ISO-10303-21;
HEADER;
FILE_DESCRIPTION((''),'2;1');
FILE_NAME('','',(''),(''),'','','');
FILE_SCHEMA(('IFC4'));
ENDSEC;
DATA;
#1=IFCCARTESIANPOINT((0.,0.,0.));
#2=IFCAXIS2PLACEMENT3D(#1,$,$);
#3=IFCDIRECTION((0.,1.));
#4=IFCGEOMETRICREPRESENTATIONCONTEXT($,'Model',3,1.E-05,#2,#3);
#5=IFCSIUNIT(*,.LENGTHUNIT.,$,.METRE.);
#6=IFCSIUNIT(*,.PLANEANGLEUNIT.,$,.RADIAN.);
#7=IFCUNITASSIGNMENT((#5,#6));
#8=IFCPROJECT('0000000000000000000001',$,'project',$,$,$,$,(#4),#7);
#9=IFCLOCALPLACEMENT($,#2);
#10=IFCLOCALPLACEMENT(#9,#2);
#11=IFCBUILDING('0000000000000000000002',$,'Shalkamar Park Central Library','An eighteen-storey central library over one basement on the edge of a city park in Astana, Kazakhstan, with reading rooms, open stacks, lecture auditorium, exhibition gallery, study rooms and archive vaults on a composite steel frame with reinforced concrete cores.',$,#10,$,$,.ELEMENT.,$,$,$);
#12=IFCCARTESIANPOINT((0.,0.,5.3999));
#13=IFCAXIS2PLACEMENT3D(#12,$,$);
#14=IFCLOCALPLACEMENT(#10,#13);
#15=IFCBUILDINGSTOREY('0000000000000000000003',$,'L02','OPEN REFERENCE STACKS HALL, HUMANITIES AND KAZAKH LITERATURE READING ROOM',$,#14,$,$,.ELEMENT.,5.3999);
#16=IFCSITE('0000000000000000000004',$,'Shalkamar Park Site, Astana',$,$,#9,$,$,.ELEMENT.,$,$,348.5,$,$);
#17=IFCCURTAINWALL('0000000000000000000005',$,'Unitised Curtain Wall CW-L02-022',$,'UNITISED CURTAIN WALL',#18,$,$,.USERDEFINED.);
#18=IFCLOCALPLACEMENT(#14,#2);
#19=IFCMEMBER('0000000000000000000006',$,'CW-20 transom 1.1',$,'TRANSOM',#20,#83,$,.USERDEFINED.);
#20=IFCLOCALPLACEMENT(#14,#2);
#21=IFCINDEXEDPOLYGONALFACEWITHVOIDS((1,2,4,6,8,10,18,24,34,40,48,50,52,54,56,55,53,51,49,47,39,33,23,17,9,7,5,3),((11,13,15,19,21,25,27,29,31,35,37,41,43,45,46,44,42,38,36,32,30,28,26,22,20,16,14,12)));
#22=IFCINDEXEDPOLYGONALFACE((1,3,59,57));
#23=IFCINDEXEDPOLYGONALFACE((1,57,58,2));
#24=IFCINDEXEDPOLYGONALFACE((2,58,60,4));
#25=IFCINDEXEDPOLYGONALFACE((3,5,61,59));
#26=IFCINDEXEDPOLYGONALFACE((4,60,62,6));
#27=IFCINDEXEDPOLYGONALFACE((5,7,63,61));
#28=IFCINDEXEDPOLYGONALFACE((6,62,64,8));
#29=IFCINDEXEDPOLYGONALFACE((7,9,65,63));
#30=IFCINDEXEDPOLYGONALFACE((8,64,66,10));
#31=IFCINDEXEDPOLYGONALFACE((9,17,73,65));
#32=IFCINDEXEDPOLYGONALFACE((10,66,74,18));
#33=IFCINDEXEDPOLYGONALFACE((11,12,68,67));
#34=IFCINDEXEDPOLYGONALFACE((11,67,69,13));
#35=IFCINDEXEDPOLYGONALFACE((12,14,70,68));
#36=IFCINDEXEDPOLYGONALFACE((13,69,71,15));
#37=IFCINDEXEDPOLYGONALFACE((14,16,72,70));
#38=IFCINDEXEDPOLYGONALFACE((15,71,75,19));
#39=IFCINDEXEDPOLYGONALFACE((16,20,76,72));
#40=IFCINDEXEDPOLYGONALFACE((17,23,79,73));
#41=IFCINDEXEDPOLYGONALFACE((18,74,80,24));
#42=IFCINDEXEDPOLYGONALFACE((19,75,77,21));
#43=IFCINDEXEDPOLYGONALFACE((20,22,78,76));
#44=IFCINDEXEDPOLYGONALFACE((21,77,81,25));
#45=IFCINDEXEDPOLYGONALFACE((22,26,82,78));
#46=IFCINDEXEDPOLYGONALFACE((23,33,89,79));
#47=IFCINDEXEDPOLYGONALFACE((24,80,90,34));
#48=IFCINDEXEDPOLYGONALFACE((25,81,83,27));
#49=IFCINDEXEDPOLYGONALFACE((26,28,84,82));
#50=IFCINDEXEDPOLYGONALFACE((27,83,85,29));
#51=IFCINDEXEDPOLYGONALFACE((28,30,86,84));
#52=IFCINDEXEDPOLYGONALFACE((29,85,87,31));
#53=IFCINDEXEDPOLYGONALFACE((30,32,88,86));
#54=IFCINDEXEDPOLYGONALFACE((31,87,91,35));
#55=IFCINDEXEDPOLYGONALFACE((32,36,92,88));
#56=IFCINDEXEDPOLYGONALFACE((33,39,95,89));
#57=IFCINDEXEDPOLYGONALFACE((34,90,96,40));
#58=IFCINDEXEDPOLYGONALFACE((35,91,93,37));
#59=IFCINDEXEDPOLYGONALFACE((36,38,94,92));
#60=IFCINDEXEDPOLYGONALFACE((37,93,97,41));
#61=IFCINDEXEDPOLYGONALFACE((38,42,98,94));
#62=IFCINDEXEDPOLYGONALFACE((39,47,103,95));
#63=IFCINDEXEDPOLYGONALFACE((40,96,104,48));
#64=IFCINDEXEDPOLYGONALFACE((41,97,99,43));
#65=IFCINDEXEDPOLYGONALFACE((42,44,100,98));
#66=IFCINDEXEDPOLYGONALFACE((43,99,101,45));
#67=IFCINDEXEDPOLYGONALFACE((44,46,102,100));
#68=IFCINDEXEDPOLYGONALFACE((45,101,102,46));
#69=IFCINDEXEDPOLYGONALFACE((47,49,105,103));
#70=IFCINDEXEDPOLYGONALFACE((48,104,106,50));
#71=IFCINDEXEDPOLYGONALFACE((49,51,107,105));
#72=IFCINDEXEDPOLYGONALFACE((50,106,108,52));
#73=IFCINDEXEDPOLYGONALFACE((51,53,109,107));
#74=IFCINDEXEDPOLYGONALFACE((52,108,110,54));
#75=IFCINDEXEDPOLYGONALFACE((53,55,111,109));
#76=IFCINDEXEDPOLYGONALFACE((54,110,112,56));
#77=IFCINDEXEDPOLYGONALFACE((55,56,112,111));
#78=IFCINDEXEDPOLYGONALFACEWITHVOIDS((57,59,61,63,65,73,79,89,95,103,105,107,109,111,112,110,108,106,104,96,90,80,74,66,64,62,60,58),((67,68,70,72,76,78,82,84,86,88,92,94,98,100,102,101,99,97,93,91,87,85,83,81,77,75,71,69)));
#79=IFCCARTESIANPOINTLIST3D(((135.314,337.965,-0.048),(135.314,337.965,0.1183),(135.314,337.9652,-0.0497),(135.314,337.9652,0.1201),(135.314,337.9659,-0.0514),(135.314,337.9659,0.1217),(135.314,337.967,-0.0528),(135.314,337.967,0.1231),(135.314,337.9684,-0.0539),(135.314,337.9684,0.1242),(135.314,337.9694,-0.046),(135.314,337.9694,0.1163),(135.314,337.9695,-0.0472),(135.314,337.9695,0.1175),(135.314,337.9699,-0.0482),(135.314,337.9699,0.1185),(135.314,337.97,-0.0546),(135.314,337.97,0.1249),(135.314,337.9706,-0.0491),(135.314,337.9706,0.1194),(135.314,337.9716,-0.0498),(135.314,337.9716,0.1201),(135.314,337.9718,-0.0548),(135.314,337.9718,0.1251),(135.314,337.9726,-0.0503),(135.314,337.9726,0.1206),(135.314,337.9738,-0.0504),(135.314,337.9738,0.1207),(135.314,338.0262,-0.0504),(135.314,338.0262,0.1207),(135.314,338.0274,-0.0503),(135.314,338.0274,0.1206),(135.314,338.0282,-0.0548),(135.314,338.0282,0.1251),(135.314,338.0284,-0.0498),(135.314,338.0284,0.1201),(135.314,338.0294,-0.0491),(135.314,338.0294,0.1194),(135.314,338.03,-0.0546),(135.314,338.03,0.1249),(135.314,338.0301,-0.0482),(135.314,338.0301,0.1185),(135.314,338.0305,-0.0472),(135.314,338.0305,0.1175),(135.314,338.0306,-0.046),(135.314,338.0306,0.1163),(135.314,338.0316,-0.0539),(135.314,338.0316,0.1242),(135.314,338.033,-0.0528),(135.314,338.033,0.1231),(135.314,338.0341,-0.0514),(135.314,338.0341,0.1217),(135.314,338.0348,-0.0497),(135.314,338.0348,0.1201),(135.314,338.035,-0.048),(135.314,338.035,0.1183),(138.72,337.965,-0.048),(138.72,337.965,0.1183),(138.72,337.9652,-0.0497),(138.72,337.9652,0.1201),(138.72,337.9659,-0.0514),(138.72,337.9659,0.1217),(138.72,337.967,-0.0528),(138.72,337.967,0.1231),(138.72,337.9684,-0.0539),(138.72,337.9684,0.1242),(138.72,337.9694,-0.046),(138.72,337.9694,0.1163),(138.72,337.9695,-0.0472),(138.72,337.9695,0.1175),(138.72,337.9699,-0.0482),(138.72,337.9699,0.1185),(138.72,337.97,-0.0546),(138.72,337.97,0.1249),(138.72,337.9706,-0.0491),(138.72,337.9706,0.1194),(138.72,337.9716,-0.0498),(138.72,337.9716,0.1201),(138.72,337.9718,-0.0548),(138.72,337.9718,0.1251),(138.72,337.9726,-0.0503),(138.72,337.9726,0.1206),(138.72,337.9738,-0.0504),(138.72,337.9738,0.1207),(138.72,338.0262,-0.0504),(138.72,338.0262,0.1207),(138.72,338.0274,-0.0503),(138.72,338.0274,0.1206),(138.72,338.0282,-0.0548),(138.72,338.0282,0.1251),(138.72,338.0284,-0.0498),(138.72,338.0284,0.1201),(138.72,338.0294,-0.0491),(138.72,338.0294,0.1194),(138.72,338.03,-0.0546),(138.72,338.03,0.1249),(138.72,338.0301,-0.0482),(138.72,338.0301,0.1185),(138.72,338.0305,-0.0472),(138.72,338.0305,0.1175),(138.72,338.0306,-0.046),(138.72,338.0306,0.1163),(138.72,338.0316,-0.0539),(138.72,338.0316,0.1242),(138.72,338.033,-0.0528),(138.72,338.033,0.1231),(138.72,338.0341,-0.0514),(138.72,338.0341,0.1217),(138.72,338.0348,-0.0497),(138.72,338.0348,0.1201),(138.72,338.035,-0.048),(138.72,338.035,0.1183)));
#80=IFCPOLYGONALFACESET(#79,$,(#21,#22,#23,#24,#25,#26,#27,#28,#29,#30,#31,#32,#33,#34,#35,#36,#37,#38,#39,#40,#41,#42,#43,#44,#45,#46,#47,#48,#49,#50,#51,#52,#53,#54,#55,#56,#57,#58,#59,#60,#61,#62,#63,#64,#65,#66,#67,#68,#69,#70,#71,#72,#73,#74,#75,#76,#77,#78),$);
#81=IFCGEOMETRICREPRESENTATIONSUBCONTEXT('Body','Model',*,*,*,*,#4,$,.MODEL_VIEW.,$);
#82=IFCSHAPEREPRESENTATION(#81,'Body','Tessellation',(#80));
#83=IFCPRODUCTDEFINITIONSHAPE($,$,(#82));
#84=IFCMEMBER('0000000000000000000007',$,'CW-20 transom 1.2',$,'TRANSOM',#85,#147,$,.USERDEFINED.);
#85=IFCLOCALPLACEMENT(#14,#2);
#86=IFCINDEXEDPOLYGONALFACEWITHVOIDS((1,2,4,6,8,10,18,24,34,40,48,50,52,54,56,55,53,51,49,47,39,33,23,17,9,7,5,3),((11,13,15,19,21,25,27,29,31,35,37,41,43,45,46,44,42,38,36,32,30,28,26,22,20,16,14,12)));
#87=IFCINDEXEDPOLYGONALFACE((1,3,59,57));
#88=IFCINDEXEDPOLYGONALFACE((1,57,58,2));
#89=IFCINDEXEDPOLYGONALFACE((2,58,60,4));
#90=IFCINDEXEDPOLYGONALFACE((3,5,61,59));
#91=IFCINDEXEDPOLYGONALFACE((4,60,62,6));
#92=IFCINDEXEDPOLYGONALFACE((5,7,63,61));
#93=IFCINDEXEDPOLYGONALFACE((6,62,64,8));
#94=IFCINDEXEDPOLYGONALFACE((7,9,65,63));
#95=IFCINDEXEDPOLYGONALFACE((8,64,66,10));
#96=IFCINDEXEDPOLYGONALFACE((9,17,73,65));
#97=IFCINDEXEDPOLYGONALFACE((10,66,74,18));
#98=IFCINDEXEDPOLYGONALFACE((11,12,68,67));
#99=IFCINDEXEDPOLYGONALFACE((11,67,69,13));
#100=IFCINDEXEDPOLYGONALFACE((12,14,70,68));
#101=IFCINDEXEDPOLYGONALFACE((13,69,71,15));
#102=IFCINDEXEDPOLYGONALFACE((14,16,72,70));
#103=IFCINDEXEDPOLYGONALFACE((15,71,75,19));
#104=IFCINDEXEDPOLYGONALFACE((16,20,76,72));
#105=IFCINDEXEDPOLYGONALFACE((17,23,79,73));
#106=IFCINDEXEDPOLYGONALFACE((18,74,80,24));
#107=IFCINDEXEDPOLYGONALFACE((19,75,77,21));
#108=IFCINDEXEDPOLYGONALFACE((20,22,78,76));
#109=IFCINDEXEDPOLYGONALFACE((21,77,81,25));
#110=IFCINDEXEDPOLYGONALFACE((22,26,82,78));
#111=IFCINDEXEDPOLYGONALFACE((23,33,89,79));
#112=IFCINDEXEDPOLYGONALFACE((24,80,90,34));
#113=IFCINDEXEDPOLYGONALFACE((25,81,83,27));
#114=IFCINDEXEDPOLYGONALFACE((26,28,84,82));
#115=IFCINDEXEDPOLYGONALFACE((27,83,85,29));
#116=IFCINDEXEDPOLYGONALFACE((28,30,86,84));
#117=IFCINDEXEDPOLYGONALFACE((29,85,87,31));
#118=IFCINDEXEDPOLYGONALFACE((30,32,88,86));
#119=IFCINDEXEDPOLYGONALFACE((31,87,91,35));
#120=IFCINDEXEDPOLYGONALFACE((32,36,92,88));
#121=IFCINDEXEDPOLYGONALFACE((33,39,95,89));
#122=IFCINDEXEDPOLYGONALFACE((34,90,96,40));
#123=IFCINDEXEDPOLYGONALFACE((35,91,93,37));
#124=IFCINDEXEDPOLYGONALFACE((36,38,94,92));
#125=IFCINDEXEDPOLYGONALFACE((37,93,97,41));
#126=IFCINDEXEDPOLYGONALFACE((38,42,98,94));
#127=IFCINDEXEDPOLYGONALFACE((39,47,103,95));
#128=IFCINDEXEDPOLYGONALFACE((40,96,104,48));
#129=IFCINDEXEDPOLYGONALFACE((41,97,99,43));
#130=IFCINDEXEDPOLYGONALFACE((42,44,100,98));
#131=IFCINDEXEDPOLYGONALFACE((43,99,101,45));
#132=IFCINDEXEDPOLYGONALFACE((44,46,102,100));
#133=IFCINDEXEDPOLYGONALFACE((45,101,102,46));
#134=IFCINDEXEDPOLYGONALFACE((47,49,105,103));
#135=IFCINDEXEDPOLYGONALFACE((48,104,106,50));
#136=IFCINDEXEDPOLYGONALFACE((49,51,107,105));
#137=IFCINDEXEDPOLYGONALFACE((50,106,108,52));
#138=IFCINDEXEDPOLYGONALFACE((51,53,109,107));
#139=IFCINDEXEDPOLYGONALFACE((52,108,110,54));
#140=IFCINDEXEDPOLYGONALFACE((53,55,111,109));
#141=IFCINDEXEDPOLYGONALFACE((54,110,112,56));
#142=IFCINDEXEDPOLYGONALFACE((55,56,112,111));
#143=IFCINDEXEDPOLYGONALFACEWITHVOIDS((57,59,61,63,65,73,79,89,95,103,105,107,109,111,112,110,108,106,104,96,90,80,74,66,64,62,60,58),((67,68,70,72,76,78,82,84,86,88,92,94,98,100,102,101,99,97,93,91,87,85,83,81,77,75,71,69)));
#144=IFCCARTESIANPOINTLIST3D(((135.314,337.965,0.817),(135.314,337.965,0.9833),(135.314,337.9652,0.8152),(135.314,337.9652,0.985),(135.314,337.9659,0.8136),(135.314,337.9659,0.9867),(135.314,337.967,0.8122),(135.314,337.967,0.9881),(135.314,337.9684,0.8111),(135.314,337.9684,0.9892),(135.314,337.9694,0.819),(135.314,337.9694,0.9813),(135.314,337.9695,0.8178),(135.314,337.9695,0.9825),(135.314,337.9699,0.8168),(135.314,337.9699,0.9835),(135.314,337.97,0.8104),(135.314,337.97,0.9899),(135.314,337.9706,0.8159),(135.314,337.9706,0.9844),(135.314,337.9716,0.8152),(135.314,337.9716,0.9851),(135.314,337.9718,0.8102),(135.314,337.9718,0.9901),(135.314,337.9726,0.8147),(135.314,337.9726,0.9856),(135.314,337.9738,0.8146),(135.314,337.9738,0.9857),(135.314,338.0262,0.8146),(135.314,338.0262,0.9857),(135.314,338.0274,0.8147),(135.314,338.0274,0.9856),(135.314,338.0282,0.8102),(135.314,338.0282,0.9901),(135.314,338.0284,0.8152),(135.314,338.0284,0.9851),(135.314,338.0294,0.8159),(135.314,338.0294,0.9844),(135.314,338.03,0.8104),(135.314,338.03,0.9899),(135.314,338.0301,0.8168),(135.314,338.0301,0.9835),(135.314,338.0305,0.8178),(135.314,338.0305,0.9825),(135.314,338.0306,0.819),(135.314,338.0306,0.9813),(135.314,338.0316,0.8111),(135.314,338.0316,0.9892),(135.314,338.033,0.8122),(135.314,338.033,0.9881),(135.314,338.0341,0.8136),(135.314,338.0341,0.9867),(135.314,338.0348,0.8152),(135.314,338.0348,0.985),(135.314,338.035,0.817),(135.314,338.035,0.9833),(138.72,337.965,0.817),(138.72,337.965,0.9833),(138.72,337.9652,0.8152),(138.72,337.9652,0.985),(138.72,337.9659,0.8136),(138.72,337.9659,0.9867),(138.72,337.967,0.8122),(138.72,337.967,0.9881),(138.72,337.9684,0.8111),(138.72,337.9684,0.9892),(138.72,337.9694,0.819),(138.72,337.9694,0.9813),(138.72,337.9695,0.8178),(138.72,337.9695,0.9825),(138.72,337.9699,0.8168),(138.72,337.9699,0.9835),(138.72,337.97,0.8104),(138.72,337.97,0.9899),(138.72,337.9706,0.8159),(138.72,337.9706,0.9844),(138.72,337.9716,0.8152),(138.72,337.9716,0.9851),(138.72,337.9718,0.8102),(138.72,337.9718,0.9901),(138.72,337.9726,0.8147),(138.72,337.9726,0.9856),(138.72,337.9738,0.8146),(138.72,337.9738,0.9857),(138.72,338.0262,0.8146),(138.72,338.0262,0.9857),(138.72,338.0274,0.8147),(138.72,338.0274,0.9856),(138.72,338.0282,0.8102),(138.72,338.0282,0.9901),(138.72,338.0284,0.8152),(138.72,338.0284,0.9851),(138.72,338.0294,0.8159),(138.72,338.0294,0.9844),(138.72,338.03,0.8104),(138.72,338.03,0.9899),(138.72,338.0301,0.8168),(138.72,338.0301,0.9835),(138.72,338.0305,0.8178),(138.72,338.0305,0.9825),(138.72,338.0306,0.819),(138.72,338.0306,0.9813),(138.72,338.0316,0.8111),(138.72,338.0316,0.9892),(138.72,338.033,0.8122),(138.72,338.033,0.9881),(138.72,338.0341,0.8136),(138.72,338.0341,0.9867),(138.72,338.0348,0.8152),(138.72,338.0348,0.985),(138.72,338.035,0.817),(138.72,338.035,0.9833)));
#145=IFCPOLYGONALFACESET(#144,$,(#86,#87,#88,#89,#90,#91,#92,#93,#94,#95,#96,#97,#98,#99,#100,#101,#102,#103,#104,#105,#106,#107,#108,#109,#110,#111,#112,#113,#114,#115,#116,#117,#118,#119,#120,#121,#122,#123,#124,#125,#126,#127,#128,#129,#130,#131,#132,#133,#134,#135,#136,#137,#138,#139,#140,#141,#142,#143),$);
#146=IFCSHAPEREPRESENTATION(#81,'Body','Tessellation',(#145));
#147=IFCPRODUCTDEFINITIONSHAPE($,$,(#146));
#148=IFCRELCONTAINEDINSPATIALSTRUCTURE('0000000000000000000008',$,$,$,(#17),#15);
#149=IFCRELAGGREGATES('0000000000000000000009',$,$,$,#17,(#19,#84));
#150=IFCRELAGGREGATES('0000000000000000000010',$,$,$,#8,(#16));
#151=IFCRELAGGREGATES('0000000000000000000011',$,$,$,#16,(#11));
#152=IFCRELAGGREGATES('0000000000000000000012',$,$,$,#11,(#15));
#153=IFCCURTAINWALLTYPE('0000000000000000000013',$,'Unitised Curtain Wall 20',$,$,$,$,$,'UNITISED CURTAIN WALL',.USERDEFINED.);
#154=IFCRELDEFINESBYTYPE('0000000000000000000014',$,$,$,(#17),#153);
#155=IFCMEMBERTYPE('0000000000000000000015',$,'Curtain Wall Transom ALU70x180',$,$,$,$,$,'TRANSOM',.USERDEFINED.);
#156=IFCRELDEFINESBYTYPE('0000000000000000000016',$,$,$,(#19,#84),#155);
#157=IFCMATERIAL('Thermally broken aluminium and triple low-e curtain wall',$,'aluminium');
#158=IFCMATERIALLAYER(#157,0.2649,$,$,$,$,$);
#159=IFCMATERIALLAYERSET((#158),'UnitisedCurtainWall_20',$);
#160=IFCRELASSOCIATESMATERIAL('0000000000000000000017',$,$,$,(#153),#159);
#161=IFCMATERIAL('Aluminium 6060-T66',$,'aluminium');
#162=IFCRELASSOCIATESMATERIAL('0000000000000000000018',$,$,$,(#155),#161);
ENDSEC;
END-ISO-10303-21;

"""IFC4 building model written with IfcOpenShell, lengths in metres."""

from ifc_helpers import new_model, si_unit, direction, frame, origin, origin_2d, place, context, subcontext, project, spatial, hollow_rectangle, extrude, material, layer, layer_set, material_profile, profile_set, type_object, element, aggregate, save


model = new_model("IFC4")

# Units and contexts
model_context = context("Model", 3, precision=1e-05, world=origin(), true_north=direction((0.0, 1.0)))
body_context = subcontext(model_context, "Body", "Model", "MODEL_VIEW")
ifc_project = project(units=[si_unit("LENGTHUNIT", "METRE"), si_unit("PLANEANGLEUNIT", "RADIAN")], contexts=[model_context])

# Site, building, storey
site_placement = place(None, origin())
site = spatial("IfcSite", under=ifc_project, at=site_placement, Name="Shalkamar Park Site, Astana", CompositionType="ELEMENT", RefElevation=348.5)
building_placement = place(site_placement, origin())
building = spatial("IfcBuilding", under=site, at=building_placement, Name="Shalkamar Park Central Library", Description="An eighteen-storey central library over one basement on the edge of a city park in Astana, Kazakhstan, with reading rooms, open stacks, lecture auditorium, exhibition gallery, study rooms and archive vaults on a composite steel frame with reinforced concrete cores.", CompositionType="ELEMENT")
storey_placement = place(building_placement, frame((0.0, 0.0, 5.3999)))
storey = spatial("IfcBuildingStorey", under=building, at=storey_placement, Name="L02", Description="OPEN REFERENCE STACKS HALL, HUMANITIES AND KAZAKH LITERATURE READING ROOM", CompositionType="ELEMENT", Elevation=5.3999)

# Curtain wall
ifc_material_1 = material(Name="Thermally broken aluminium and triple low-e curtain wall", Category="aluminium")
ifc_layer_1 = layer(ifc_material_1, 0.2649)
ifc_layer_set_1 = layer_set([ifc_layer_1], Name="UnitisedCurtainWall_20")
curtain_wall_type_1 = type_object("IfcCurtainWallType", Name="Unitised Curtain Wall 20", ElementType="UNITISED CURTAIN WALL", PredefinedType="USERDEFINED", material=ifc_layer_set_1)
curtain_wall_1_placement = place(storey_placement, origin())
curtain_wall_1 = element("IfcCurtainWall", 1, at=curtain_wall_1_placement, inside=storey, type_object=curtain_wall_type_1, Name="Unitised Curtain Wall CW-L02-022", ObjectType="UNITISED CURTAIN WALL", PredefinedType="USERDEFINED")
ifc_material_2 = material(Name="Aluminium 6060-T66", Category="aluminium")

# Members
ifc_material_profile_1 = material_profile(ifc_material_2, hollow_rectangle(XDim=0.0701, YDim=0.1799, WallThickness=0.0044, InnerFilletRadius=0.0044, OuterFilletRadius=0.0068, at=origin_2d()), Name="ALU 70x180x4.5")
ifc_profile_set_1 = profile_set([ifc_material_profile_1], Name="Aluminium 6060-T66")
member_type_1 = type_object("IfcMemberType", Name="Curtain Wall Transom ALU70x180", ElementType="TRANSOM", PredefinedType="USERDEFINED", material=ifc_profile_set_1)
member_1_placement = place(storey_placement, frame((135.314, 338.0, 0.0352), z_axis=(1.0, 0.0, 0.0), x_axis=(0.0, 1.0, 0.0)))
member_1 = element("IfcMember", 2, at=member_1_placement, type_object=member_type_1, Name="CW-20 transom 1.1", ObjectType="TRANSOM", PredefinedType="USERDEFINED", context=body_context, shape_type="SweptSolid", body=[
    extrude(hollow_rectangle(XDim=0.0701, YDim=0.1799, WallThickness=0.0044, InnerFilletRadius=0.0044, OuterFilletRadius=0.0068, at=origin_2d()), origin(), (0.0, 0.0, 1.0), 3.406),
])
member_2_placement = place(storey_placement, frame((135.314, 338.0, 0.9001), z_axis=(1.0, 0.0, 0.0), x_axis=(0.0, 1.0, 0.0)))
member_2 = element("IfcMember", 3, at=member_2_placement, type_object=member_type_1, Name="CW-20 transom 1.2", ObjectType="TRANSOM", PredefinedType="USERDEFINED", context=body_context, shape_type="SweptSolid", body=[
    extrude(hollow_rectangle(XDim=0.0701, YDim=0.1799, WallThickness=0.0044, InnerFilletRadius=0.0044, OuterFilletRadius=0.0068, at=origin_2d()), origin(), (0.0, 0.0, 1.0), 3.406),
])

aggregate(curtain_wall_1, [member_1, member_2])

save(model, "model.ifc")
